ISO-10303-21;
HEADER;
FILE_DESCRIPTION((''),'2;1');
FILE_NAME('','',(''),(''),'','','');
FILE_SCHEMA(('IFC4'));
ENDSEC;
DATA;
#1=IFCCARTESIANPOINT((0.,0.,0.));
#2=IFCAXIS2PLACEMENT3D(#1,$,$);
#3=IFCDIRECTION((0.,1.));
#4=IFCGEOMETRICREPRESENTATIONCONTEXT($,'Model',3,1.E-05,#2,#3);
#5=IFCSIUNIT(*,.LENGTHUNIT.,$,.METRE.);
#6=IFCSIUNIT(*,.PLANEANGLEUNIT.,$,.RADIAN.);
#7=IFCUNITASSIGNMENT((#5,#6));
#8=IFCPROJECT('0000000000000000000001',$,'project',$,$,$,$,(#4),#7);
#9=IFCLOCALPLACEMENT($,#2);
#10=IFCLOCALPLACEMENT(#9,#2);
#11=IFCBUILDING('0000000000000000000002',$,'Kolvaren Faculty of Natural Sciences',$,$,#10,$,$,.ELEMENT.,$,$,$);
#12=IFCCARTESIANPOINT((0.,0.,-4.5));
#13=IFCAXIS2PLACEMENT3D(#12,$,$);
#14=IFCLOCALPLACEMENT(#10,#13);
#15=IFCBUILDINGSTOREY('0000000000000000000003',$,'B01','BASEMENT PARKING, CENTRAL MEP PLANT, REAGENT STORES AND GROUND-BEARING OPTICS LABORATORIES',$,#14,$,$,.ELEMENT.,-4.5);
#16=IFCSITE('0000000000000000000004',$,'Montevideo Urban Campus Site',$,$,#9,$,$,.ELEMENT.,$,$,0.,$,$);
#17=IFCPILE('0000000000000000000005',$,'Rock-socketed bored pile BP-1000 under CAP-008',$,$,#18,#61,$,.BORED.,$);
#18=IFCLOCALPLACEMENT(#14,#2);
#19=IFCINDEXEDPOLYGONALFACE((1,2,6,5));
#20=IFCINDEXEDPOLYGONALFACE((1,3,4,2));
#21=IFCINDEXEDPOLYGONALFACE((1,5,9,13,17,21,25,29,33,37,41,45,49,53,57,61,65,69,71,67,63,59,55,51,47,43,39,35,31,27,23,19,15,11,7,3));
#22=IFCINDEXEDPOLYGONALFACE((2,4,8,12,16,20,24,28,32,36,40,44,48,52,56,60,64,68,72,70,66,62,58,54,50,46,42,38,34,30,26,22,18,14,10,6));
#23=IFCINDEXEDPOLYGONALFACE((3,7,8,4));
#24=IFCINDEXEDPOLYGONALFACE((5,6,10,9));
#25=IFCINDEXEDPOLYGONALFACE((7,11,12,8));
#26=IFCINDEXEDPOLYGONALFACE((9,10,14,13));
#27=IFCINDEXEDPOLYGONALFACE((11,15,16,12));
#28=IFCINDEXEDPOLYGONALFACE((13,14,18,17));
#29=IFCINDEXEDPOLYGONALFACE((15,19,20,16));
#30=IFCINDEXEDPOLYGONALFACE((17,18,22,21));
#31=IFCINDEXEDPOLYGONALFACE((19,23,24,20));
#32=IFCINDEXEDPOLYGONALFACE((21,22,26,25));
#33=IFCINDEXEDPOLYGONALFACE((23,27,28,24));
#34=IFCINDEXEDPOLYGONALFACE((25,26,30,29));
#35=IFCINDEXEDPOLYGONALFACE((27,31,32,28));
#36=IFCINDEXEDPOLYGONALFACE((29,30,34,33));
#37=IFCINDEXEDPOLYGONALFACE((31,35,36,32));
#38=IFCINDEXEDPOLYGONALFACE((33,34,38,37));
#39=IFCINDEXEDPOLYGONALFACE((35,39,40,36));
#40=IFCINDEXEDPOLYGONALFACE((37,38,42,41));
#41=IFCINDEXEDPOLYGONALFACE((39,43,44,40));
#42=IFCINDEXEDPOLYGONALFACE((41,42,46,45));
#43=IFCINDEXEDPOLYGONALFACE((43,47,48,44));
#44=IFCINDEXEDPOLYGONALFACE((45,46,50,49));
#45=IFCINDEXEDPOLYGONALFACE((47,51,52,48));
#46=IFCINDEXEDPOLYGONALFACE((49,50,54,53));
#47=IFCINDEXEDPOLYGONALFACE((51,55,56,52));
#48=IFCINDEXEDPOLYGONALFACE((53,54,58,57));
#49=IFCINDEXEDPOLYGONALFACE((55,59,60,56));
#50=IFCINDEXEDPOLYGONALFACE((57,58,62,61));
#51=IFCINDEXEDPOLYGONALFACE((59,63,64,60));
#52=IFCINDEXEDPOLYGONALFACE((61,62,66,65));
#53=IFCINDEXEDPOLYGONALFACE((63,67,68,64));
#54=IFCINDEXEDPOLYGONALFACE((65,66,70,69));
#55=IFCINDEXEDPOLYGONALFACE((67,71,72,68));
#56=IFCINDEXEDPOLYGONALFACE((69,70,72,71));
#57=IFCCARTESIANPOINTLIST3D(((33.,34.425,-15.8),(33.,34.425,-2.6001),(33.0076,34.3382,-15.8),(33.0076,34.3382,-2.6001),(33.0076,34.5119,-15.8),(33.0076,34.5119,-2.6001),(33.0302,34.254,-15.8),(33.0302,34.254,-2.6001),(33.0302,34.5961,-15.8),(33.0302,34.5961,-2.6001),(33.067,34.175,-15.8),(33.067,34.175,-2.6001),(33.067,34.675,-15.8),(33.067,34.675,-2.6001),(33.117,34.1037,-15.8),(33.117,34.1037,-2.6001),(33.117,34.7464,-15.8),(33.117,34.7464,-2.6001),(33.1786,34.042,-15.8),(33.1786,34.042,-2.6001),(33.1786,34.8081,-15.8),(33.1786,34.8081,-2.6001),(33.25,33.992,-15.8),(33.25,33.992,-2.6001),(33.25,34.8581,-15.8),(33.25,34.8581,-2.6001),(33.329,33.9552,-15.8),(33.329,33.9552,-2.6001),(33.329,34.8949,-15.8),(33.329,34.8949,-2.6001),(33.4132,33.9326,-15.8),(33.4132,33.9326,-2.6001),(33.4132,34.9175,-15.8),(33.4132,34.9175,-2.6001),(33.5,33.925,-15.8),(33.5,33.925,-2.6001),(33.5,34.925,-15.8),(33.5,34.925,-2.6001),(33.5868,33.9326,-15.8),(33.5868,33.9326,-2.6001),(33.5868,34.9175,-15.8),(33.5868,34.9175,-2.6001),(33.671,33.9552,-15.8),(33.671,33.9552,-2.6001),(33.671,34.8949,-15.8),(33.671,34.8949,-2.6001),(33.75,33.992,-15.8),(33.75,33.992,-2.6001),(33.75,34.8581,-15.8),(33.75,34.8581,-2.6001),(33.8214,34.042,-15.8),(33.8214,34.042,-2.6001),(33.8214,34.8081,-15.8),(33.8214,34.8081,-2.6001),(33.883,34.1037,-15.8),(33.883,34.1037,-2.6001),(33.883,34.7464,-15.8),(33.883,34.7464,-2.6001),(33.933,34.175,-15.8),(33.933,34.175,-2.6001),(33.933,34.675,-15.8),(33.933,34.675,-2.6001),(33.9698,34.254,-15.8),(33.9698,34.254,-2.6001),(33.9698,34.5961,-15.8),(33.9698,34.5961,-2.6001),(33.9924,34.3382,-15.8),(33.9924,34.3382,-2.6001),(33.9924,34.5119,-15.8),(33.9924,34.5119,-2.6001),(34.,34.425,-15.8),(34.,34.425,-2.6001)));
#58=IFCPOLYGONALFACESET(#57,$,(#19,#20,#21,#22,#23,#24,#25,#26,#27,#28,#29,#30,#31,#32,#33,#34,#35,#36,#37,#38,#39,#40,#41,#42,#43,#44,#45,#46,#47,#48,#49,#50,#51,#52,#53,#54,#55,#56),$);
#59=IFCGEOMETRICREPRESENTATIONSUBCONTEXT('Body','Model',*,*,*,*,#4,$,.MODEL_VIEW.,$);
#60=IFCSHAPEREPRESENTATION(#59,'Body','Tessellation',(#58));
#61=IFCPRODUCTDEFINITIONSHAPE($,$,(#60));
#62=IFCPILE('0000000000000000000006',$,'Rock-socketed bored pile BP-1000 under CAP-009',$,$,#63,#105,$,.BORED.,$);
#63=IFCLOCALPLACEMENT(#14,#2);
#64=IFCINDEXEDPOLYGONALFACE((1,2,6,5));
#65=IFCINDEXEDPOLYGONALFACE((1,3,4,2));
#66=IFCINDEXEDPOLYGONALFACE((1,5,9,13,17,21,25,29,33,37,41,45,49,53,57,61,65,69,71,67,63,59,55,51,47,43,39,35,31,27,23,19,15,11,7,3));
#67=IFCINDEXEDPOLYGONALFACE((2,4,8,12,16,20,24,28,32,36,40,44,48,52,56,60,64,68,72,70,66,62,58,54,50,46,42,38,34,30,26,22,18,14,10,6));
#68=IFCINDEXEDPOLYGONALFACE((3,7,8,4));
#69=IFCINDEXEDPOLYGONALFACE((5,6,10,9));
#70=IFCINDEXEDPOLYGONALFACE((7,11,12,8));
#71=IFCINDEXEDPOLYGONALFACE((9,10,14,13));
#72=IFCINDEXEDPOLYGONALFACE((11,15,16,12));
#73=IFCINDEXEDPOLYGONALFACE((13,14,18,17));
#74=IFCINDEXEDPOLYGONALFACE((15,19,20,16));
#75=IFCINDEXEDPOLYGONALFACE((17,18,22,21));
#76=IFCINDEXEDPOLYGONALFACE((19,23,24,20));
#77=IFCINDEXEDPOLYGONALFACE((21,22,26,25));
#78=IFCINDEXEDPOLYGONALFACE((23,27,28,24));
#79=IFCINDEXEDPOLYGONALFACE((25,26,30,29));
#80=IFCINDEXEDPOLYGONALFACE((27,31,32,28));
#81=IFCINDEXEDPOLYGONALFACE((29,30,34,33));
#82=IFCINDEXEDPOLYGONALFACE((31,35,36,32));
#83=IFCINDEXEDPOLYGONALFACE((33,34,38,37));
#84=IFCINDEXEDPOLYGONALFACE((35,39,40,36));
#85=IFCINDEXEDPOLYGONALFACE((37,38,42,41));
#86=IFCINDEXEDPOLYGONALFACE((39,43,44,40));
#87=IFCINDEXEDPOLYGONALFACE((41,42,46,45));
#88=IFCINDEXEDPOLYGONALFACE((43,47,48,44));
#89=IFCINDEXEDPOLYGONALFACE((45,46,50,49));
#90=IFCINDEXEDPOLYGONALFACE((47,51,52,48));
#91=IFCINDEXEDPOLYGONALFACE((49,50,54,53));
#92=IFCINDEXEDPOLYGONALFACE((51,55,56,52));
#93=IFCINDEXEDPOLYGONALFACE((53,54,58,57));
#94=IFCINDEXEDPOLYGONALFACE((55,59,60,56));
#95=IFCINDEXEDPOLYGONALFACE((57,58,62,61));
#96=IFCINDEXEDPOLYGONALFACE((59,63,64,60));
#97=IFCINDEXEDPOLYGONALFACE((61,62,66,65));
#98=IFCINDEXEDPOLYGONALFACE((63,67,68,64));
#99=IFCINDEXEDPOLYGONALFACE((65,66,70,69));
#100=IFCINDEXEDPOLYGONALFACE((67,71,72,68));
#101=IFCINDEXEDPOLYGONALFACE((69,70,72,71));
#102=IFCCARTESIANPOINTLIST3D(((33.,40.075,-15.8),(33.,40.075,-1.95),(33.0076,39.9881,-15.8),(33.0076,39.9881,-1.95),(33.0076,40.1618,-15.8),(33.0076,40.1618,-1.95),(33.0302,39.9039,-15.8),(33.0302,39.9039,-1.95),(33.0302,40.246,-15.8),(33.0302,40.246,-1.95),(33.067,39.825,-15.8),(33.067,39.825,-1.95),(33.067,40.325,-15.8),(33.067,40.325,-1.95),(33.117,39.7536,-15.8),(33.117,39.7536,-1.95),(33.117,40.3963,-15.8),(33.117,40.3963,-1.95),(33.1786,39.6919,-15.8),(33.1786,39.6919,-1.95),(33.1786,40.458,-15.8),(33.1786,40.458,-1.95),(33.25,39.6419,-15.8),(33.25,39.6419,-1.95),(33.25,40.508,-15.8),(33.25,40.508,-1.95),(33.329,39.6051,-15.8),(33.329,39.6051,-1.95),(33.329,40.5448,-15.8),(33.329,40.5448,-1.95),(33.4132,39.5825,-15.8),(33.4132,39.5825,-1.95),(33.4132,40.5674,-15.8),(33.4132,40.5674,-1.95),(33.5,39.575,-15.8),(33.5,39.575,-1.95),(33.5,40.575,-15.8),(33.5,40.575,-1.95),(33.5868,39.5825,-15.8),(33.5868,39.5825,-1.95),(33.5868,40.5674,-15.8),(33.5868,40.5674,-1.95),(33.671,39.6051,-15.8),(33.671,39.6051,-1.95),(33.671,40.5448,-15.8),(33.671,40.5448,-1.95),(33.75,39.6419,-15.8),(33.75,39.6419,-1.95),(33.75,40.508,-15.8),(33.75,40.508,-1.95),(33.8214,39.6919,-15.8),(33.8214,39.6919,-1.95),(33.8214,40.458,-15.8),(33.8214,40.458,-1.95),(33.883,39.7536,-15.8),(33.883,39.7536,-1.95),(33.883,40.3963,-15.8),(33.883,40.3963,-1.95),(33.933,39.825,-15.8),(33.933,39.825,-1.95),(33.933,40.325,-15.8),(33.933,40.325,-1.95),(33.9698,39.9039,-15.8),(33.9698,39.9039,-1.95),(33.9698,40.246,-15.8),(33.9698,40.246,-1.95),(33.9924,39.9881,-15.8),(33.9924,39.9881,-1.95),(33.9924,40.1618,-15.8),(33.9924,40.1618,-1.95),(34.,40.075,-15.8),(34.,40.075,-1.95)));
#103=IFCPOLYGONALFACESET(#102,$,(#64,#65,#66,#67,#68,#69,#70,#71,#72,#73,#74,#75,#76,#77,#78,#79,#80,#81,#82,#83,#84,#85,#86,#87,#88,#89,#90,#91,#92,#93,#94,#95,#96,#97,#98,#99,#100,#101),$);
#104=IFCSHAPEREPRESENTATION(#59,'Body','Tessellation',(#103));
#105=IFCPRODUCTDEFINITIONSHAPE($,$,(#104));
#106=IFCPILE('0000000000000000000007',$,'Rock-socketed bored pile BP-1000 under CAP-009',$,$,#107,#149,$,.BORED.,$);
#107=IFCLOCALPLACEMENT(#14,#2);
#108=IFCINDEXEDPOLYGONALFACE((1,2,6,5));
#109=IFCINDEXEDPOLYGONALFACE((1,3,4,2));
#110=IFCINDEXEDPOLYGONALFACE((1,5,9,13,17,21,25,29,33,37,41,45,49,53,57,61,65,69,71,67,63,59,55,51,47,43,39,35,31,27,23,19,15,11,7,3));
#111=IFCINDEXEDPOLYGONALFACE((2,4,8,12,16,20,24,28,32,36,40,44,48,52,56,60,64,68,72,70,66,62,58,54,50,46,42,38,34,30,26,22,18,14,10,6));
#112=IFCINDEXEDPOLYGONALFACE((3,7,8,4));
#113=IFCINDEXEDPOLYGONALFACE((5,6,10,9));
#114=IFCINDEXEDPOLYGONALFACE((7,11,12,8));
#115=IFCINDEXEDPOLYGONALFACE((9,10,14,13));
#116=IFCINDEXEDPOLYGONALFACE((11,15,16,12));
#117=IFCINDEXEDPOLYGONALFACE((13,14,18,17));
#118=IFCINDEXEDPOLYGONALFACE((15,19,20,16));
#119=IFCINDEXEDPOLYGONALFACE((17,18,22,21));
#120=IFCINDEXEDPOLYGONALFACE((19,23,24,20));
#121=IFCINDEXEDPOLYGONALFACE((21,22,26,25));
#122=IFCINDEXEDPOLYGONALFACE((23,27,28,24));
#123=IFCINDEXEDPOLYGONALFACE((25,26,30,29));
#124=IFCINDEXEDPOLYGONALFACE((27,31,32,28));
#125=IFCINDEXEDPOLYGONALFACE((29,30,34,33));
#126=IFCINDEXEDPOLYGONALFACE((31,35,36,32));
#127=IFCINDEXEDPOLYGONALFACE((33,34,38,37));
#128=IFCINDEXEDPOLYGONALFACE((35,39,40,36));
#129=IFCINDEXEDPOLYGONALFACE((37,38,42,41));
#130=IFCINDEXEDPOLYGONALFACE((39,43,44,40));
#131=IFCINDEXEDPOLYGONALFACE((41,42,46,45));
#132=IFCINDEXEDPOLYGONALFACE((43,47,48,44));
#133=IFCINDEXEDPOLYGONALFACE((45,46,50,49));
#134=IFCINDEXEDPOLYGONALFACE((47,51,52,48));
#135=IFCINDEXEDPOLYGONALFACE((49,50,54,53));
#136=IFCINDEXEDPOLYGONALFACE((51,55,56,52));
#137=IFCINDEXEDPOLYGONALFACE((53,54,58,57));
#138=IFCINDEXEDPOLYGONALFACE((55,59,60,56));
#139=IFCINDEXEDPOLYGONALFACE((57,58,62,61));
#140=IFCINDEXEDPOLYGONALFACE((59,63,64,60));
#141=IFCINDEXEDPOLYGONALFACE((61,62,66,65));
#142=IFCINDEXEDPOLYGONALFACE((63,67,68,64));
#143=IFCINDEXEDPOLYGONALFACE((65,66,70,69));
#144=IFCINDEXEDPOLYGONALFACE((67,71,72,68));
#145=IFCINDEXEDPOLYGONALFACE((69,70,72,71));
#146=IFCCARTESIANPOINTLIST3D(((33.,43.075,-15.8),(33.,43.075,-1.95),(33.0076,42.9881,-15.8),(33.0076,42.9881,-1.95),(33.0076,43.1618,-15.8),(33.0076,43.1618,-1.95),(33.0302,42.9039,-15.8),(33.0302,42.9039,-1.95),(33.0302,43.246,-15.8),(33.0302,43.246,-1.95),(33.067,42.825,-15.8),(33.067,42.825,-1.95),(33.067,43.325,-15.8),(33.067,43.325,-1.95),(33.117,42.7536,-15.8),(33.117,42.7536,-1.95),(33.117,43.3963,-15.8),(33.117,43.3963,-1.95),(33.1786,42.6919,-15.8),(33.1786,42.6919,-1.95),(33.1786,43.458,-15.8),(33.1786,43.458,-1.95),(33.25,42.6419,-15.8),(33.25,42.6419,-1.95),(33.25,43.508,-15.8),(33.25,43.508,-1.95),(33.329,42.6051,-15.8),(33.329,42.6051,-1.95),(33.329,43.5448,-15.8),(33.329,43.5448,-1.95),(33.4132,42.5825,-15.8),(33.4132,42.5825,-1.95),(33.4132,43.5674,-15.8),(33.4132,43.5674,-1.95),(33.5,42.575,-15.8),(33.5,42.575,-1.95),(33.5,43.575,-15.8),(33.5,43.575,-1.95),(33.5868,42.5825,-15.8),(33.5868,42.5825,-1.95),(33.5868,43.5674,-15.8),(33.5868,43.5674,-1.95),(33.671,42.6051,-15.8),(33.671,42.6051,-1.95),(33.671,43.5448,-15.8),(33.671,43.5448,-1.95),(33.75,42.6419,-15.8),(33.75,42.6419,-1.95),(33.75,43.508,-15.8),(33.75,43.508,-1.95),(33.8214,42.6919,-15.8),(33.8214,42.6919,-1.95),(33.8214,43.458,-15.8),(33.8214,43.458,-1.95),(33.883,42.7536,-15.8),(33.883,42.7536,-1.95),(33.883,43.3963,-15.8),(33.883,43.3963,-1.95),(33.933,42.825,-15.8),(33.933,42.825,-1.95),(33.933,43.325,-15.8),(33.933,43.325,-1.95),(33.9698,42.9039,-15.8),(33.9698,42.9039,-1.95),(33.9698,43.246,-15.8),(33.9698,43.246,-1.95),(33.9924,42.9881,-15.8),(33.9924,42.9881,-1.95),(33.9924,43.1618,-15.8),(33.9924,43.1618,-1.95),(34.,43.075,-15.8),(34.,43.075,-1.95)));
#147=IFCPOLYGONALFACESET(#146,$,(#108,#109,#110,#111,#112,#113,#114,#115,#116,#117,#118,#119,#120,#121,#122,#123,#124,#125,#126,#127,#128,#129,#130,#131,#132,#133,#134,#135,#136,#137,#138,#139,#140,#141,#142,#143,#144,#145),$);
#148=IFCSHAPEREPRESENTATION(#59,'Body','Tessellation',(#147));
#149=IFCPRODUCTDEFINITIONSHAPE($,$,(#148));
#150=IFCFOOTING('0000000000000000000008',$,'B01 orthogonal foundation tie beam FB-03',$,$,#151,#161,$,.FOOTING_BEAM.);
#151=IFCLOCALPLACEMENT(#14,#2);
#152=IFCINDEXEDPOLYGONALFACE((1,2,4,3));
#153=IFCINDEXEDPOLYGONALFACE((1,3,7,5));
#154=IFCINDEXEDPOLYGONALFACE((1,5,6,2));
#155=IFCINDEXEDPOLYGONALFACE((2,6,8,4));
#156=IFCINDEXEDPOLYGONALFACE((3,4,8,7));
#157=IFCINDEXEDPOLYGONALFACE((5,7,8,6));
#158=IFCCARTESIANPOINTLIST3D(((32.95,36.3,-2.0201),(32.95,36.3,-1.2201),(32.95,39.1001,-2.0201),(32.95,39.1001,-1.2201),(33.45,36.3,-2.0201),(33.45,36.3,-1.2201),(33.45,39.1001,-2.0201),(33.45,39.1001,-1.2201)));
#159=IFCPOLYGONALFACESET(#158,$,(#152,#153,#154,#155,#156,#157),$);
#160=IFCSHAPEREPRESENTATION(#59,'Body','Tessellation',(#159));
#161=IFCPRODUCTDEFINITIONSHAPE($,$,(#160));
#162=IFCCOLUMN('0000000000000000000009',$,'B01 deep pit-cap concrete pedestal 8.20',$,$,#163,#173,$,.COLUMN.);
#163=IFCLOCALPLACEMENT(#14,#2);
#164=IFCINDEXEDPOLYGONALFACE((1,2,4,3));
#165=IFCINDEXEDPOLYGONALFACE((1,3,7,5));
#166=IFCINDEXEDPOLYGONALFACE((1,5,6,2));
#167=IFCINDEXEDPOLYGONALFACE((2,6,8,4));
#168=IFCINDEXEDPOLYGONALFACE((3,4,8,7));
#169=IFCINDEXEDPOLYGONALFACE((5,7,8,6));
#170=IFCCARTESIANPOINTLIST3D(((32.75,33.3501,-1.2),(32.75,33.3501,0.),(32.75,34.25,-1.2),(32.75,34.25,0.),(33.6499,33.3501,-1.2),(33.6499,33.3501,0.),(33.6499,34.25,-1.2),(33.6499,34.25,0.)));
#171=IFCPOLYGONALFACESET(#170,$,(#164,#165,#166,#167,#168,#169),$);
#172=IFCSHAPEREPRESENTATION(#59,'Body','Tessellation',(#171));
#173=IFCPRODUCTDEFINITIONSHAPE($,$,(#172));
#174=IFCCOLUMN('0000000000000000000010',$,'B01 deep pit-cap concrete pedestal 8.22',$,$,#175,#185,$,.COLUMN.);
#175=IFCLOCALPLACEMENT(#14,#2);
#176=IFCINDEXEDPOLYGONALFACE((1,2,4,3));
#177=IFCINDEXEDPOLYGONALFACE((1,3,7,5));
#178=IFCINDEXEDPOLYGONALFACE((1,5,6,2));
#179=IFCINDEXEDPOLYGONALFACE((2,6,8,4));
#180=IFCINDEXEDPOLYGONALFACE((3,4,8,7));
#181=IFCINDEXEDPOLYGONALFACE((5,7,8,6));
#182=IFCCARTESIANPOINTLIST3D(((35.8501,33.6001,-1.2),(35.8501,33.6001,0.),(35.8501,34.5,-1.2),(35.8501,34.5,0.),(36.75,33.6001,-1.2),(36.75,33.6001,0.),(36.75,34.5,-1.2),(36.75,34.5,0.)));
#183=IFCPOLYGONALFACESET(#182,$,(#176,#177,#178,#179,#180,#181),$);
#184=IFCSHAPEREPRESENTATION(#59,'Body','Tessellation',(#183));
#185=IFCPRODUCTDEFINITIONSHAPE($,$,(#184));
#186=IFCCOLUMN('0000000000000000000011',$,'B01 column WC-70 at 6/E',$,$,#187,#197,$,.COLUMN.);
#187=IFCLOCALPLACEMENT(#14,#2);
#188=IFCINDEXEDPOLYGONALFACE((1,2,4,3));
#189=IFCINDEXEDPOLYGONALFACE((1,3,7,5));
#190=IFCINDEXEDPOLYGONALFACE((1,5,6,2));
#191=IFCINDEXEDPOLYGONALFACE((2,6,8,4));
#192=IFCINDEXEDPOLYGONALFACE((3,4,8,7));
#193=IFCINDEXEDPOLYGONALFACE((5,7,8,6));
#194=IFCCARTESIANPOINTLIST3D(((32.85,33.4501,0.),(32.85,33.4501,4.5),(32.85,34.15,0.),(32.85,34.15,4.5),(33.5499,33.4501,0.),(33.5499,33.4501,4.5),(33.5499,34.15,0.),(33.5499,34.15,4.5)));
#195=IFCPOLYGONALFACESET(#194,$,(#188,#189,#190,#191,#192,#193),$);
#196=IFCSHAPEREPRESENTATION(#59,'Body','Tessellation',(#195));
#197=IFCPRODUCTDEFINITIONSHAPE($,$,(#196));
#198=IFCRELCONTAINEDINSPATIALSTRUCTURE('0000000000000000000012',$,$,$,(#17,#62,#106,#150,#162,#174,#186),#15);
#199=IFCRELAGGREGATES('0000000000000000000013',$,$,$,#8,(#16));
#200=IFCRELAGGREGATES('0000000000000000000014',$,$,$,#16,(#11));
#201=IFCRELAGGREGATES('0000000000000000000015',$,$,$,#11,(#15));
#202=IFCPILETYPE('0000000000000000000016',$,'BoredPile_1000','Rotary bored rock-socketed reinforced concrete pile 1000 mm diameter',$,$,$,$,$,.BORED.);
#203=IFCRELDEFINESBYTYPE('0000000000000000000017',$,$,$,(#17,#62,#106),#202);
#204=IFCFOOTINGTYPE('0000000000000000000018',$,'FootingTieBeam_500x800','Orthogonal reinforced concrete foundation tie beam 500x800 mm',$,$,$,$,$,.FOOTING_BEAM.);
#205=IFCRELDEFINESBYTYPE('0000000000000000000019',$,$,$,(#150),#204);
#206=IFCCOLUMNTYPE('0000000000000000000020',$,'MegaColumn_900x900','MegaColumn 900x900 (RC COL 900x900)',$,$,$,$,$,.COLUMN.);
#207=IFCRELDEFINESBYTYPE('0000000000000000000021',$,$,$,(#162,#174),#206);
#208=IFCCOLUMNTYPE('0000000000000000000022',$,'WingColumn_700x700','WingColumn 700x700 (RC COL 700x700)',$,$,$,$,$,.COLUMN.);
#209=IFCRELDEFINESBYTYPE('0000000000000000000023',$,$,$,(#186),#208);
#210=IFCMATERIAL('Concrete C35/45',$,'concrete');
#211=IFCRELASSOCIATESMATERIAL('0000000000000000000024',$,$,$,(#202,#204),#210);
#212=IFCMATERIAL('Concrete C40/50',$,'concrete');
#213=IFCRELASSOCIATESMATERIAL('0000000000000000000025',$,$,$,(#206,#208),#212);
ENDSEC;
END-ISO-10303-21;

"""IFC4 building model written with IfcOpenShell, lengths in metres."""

from ifc_helpers import new_model, si_unit, direction, frame, origin, origin_2d, place, context, subcontext, project, spatial, rectangle, circle, extrude, material, material_profile, profile_set, type_object, element, save


model = new_model("IFC4")

# Units and contexts
model_context = context("Model", 3, precision=1e-05, world=origin(), true_north=direction((0.0, 1.0)))
body_context = subcontext(model_context, "Body", "Model", "MODEL_VIEW")
ifc_project = project(units=[si_unit("LENGTHUNIT", "METRE"), si_unit("PLANEANGLEUNIT", "RADIAN")], contexts=[model_context])

# Site, building, storey
site_placement = place(None, origin())
site = spatial("IfcSite", under=ifc_project, at=site_placement, Name="Montevideo Urban Campus Site", CompositionType="ELEMENT", RefElevation=0.0)
building_placement = place(site_placement, origin())
building = spatial("IfcBuilding", under=site, at=building_placement, Name="Kolvaren Faculty of Natural Sciences", CompositionType="ELEMENT")
storey_placement = place(building_placement, frame((0.0, 0.0, -4.5)))
storey = spatial("IfcBuildingStorey", under=building, at=storey_placement, Name="B01", Description="BASEMENT PARKING, CENTRAL MEP PLANT, REAGENT STORES AND GROUND-BEARING OPTICS LABORATORIES", CompositionType="ELEMENT", Elevation=-4.5)

# Piles
ifc_material_1 = material(Name="Concrete C35/45", Category="concrete")
ifc_material_profile_1 = material_profile(ifc_material_1, circle(Radius=0.5, at=origin_2d()), Name="PILE D1000")
ifc_profile_set_1 = profile_set([ifc_material_profile_1], Name="Concrete C35/45")
pile_type = type_object("IfcPileType", Name="BoredPile_1000", Description="Rotary bored rock-socketed reinforced concrete pile 1000 mm diameter", PredefinedType="BORED", material=ifc_profile_set_1)
pile_placement = place(storey_placement, frame((33.5, 34.425, -2.6001), z_axis=(0.0, 0.0, -1.0), x_axis=(1.0, 0.0, 0.0)))
element("IfcPile", 1, at=pile_placement, inside=storey, type_object=pile_type, Name="Rock-socketed bored pile BP-1000 under CAP-008", PredefinedType="BORED", context=body_context, shape_type="SweptSolid", body=[
    extrude(circle(Radius=0.5, at=origin_2d()), origin(), (0.0, 0.0, 1.0), 13.2),
])
for number, where, z_axis, x_axis, name in (
    (2, (33.5, 40.075, -1.95), (0.0, 0.0, -1.0), (1.0, 0.0, 0.0), "Rock-socketed bored pile BP-1000 under CAP-009"),
    (3, (33.5, 43.075, -1.95), (0.0, 0.0, -1.0), (1.0, 0.0, 0.0), "Rock-socketed bored pile BP-1000 under CAP-009"),
):
    element("IfcPile", number, at=place(storey_placement, frame(where, z_axis=z_axis, x_axis=x_axis)), inside=storey, type_object=pile_type, Name=name, PredefinedType="BORED", context=body_context, shape_type="SweptSolid", body=[
        extrude(circle(Radius=0.5, at=origin_2d()), origin(), (0.0, 0.0, 1.0), 13.8501),
    ])

# Footing
ifc_material_profile_2 = material_profile(ifc_material_1, rectangle(XDim=0.5, YDim=0.8, at=origin_2d()), Name="RC FB 500x800")
ifc_profile_set_2 = profile_set([ifc_material_profile_2], Name="Concrete C35/45")
footing_type = type_object("IfcFootingType", Name="FootingTieBeam_500x800", Description="Orthogonal reinforced concrete foundation tie beam 500x800 mm", PredefinedType="FOOTING_BEAM", material=ifc_profile_set_2)
footing_placement = place(storey_placement, frame((33.2, 36.3, -1.6201), z_axis=(0.0, 1.0, 0.0), x_axis=(-1.0, 0.0, 0.0)))
element("IfcFooting", 4, at=footing_placement, inside=storey, type_object=footing_type, Name="B01 orthogonal foundation tie beam FB-03", PredefinedType="FOOTING_BEAM", context=body_context, shape_type="SweptSolid", body=[
    extrude(rectangle(XDim=0.5, YDim=0.8, at=origin_2d()), origin(), (0.0, 0.0, 1.0), 2.8),
])

# Columns
ifc_material_2 = material(Name="Concrete C40/50", Category="concrete")
ifc_material_profile_3 = material_profile(ifc_material_2, rectangle(XDim=0.8999, YDim=0.8999, at=origin_2d()), Name="RC COL 900x900")
ifc_profile_set_3 = profile_set([ifc_material_profile_3], Name="Concrete C40/50")
column_type_1 = type_object("IfcColumnType", Name="MegaColumn_900x900", Description="MegaColumn 900x900 (RC COL 900x900)", PredefinedType="COLUMN", material=ifc_profile_set_3)
for number, where, z_axis, x_axis, name in (
    (5, (33.2, 33.8, -1.2), (0.0, 0.0, 1.0), (1.0, 0.0, 0.0), "B01 deep pit-cap concrete pedestal 8.20"),
    (6, (36.3, 34.05, -1.2), (0.0, 0.0, 1.0), (1.0, 0.0, 0.0), "B01 deep pit-cap concrete pedestal 8.22"),
):
    element("IfcColumn", number, at=place(storey_placement, frame(where, z_axis=z_axis, x_axis=x_axis)), inside=storey, type_object=column_type_1, Name=name, PredefinedType="COLUMN", context=body_context, shape_type="SweptSolid", body=[
        extrude(rectangle(XDim=0.8999, YDim=0.8999, at=origin_2d()), origin(), (0.0, 0.0, 1.0), 1.2),
    ])
ifc_material_profile_4 = material_profile(ifc_material_2, rectangle(XDim=0.7, YDim=0.7, at=origin_2d()), Name="RC COL 700x700")
ifc_profile_set_4 = profile_set([ifc_material_profile_4], Name="Concrete C40/50")
column_type_2 = type_object("IfcColumnType", Name="WingColumn_700x700", Description="WingColumn 700x700 (RC COL 700x700)", PredefinedType="COLUMN", material=ifc_profile_set_4)
for number, where, z_axis, x_axis, name in (
    (7, (33.2, 33.8, 0.0), (0.0, 0.0, 1.0), (1.0, 0.0, 0.0), "B01 column WC-70 at 6/E"),
):
    element("IfcColumn", number, at=place(storey_placement, frame(where, z_axis=z_axis, x_axis=x_axis)), inside=storey, type_object=column_type_2, Name=name, PredefinedType="COLUMN", context=body_context, shape_type="SweptSolid", body=[
        extrude(rectangle(XDim=0.7, YDim=0.7, at=origin_2d()), origin(), (0.0, 0.0, 1.0), 4.5),
    ])

save(model, "model.ifc")
